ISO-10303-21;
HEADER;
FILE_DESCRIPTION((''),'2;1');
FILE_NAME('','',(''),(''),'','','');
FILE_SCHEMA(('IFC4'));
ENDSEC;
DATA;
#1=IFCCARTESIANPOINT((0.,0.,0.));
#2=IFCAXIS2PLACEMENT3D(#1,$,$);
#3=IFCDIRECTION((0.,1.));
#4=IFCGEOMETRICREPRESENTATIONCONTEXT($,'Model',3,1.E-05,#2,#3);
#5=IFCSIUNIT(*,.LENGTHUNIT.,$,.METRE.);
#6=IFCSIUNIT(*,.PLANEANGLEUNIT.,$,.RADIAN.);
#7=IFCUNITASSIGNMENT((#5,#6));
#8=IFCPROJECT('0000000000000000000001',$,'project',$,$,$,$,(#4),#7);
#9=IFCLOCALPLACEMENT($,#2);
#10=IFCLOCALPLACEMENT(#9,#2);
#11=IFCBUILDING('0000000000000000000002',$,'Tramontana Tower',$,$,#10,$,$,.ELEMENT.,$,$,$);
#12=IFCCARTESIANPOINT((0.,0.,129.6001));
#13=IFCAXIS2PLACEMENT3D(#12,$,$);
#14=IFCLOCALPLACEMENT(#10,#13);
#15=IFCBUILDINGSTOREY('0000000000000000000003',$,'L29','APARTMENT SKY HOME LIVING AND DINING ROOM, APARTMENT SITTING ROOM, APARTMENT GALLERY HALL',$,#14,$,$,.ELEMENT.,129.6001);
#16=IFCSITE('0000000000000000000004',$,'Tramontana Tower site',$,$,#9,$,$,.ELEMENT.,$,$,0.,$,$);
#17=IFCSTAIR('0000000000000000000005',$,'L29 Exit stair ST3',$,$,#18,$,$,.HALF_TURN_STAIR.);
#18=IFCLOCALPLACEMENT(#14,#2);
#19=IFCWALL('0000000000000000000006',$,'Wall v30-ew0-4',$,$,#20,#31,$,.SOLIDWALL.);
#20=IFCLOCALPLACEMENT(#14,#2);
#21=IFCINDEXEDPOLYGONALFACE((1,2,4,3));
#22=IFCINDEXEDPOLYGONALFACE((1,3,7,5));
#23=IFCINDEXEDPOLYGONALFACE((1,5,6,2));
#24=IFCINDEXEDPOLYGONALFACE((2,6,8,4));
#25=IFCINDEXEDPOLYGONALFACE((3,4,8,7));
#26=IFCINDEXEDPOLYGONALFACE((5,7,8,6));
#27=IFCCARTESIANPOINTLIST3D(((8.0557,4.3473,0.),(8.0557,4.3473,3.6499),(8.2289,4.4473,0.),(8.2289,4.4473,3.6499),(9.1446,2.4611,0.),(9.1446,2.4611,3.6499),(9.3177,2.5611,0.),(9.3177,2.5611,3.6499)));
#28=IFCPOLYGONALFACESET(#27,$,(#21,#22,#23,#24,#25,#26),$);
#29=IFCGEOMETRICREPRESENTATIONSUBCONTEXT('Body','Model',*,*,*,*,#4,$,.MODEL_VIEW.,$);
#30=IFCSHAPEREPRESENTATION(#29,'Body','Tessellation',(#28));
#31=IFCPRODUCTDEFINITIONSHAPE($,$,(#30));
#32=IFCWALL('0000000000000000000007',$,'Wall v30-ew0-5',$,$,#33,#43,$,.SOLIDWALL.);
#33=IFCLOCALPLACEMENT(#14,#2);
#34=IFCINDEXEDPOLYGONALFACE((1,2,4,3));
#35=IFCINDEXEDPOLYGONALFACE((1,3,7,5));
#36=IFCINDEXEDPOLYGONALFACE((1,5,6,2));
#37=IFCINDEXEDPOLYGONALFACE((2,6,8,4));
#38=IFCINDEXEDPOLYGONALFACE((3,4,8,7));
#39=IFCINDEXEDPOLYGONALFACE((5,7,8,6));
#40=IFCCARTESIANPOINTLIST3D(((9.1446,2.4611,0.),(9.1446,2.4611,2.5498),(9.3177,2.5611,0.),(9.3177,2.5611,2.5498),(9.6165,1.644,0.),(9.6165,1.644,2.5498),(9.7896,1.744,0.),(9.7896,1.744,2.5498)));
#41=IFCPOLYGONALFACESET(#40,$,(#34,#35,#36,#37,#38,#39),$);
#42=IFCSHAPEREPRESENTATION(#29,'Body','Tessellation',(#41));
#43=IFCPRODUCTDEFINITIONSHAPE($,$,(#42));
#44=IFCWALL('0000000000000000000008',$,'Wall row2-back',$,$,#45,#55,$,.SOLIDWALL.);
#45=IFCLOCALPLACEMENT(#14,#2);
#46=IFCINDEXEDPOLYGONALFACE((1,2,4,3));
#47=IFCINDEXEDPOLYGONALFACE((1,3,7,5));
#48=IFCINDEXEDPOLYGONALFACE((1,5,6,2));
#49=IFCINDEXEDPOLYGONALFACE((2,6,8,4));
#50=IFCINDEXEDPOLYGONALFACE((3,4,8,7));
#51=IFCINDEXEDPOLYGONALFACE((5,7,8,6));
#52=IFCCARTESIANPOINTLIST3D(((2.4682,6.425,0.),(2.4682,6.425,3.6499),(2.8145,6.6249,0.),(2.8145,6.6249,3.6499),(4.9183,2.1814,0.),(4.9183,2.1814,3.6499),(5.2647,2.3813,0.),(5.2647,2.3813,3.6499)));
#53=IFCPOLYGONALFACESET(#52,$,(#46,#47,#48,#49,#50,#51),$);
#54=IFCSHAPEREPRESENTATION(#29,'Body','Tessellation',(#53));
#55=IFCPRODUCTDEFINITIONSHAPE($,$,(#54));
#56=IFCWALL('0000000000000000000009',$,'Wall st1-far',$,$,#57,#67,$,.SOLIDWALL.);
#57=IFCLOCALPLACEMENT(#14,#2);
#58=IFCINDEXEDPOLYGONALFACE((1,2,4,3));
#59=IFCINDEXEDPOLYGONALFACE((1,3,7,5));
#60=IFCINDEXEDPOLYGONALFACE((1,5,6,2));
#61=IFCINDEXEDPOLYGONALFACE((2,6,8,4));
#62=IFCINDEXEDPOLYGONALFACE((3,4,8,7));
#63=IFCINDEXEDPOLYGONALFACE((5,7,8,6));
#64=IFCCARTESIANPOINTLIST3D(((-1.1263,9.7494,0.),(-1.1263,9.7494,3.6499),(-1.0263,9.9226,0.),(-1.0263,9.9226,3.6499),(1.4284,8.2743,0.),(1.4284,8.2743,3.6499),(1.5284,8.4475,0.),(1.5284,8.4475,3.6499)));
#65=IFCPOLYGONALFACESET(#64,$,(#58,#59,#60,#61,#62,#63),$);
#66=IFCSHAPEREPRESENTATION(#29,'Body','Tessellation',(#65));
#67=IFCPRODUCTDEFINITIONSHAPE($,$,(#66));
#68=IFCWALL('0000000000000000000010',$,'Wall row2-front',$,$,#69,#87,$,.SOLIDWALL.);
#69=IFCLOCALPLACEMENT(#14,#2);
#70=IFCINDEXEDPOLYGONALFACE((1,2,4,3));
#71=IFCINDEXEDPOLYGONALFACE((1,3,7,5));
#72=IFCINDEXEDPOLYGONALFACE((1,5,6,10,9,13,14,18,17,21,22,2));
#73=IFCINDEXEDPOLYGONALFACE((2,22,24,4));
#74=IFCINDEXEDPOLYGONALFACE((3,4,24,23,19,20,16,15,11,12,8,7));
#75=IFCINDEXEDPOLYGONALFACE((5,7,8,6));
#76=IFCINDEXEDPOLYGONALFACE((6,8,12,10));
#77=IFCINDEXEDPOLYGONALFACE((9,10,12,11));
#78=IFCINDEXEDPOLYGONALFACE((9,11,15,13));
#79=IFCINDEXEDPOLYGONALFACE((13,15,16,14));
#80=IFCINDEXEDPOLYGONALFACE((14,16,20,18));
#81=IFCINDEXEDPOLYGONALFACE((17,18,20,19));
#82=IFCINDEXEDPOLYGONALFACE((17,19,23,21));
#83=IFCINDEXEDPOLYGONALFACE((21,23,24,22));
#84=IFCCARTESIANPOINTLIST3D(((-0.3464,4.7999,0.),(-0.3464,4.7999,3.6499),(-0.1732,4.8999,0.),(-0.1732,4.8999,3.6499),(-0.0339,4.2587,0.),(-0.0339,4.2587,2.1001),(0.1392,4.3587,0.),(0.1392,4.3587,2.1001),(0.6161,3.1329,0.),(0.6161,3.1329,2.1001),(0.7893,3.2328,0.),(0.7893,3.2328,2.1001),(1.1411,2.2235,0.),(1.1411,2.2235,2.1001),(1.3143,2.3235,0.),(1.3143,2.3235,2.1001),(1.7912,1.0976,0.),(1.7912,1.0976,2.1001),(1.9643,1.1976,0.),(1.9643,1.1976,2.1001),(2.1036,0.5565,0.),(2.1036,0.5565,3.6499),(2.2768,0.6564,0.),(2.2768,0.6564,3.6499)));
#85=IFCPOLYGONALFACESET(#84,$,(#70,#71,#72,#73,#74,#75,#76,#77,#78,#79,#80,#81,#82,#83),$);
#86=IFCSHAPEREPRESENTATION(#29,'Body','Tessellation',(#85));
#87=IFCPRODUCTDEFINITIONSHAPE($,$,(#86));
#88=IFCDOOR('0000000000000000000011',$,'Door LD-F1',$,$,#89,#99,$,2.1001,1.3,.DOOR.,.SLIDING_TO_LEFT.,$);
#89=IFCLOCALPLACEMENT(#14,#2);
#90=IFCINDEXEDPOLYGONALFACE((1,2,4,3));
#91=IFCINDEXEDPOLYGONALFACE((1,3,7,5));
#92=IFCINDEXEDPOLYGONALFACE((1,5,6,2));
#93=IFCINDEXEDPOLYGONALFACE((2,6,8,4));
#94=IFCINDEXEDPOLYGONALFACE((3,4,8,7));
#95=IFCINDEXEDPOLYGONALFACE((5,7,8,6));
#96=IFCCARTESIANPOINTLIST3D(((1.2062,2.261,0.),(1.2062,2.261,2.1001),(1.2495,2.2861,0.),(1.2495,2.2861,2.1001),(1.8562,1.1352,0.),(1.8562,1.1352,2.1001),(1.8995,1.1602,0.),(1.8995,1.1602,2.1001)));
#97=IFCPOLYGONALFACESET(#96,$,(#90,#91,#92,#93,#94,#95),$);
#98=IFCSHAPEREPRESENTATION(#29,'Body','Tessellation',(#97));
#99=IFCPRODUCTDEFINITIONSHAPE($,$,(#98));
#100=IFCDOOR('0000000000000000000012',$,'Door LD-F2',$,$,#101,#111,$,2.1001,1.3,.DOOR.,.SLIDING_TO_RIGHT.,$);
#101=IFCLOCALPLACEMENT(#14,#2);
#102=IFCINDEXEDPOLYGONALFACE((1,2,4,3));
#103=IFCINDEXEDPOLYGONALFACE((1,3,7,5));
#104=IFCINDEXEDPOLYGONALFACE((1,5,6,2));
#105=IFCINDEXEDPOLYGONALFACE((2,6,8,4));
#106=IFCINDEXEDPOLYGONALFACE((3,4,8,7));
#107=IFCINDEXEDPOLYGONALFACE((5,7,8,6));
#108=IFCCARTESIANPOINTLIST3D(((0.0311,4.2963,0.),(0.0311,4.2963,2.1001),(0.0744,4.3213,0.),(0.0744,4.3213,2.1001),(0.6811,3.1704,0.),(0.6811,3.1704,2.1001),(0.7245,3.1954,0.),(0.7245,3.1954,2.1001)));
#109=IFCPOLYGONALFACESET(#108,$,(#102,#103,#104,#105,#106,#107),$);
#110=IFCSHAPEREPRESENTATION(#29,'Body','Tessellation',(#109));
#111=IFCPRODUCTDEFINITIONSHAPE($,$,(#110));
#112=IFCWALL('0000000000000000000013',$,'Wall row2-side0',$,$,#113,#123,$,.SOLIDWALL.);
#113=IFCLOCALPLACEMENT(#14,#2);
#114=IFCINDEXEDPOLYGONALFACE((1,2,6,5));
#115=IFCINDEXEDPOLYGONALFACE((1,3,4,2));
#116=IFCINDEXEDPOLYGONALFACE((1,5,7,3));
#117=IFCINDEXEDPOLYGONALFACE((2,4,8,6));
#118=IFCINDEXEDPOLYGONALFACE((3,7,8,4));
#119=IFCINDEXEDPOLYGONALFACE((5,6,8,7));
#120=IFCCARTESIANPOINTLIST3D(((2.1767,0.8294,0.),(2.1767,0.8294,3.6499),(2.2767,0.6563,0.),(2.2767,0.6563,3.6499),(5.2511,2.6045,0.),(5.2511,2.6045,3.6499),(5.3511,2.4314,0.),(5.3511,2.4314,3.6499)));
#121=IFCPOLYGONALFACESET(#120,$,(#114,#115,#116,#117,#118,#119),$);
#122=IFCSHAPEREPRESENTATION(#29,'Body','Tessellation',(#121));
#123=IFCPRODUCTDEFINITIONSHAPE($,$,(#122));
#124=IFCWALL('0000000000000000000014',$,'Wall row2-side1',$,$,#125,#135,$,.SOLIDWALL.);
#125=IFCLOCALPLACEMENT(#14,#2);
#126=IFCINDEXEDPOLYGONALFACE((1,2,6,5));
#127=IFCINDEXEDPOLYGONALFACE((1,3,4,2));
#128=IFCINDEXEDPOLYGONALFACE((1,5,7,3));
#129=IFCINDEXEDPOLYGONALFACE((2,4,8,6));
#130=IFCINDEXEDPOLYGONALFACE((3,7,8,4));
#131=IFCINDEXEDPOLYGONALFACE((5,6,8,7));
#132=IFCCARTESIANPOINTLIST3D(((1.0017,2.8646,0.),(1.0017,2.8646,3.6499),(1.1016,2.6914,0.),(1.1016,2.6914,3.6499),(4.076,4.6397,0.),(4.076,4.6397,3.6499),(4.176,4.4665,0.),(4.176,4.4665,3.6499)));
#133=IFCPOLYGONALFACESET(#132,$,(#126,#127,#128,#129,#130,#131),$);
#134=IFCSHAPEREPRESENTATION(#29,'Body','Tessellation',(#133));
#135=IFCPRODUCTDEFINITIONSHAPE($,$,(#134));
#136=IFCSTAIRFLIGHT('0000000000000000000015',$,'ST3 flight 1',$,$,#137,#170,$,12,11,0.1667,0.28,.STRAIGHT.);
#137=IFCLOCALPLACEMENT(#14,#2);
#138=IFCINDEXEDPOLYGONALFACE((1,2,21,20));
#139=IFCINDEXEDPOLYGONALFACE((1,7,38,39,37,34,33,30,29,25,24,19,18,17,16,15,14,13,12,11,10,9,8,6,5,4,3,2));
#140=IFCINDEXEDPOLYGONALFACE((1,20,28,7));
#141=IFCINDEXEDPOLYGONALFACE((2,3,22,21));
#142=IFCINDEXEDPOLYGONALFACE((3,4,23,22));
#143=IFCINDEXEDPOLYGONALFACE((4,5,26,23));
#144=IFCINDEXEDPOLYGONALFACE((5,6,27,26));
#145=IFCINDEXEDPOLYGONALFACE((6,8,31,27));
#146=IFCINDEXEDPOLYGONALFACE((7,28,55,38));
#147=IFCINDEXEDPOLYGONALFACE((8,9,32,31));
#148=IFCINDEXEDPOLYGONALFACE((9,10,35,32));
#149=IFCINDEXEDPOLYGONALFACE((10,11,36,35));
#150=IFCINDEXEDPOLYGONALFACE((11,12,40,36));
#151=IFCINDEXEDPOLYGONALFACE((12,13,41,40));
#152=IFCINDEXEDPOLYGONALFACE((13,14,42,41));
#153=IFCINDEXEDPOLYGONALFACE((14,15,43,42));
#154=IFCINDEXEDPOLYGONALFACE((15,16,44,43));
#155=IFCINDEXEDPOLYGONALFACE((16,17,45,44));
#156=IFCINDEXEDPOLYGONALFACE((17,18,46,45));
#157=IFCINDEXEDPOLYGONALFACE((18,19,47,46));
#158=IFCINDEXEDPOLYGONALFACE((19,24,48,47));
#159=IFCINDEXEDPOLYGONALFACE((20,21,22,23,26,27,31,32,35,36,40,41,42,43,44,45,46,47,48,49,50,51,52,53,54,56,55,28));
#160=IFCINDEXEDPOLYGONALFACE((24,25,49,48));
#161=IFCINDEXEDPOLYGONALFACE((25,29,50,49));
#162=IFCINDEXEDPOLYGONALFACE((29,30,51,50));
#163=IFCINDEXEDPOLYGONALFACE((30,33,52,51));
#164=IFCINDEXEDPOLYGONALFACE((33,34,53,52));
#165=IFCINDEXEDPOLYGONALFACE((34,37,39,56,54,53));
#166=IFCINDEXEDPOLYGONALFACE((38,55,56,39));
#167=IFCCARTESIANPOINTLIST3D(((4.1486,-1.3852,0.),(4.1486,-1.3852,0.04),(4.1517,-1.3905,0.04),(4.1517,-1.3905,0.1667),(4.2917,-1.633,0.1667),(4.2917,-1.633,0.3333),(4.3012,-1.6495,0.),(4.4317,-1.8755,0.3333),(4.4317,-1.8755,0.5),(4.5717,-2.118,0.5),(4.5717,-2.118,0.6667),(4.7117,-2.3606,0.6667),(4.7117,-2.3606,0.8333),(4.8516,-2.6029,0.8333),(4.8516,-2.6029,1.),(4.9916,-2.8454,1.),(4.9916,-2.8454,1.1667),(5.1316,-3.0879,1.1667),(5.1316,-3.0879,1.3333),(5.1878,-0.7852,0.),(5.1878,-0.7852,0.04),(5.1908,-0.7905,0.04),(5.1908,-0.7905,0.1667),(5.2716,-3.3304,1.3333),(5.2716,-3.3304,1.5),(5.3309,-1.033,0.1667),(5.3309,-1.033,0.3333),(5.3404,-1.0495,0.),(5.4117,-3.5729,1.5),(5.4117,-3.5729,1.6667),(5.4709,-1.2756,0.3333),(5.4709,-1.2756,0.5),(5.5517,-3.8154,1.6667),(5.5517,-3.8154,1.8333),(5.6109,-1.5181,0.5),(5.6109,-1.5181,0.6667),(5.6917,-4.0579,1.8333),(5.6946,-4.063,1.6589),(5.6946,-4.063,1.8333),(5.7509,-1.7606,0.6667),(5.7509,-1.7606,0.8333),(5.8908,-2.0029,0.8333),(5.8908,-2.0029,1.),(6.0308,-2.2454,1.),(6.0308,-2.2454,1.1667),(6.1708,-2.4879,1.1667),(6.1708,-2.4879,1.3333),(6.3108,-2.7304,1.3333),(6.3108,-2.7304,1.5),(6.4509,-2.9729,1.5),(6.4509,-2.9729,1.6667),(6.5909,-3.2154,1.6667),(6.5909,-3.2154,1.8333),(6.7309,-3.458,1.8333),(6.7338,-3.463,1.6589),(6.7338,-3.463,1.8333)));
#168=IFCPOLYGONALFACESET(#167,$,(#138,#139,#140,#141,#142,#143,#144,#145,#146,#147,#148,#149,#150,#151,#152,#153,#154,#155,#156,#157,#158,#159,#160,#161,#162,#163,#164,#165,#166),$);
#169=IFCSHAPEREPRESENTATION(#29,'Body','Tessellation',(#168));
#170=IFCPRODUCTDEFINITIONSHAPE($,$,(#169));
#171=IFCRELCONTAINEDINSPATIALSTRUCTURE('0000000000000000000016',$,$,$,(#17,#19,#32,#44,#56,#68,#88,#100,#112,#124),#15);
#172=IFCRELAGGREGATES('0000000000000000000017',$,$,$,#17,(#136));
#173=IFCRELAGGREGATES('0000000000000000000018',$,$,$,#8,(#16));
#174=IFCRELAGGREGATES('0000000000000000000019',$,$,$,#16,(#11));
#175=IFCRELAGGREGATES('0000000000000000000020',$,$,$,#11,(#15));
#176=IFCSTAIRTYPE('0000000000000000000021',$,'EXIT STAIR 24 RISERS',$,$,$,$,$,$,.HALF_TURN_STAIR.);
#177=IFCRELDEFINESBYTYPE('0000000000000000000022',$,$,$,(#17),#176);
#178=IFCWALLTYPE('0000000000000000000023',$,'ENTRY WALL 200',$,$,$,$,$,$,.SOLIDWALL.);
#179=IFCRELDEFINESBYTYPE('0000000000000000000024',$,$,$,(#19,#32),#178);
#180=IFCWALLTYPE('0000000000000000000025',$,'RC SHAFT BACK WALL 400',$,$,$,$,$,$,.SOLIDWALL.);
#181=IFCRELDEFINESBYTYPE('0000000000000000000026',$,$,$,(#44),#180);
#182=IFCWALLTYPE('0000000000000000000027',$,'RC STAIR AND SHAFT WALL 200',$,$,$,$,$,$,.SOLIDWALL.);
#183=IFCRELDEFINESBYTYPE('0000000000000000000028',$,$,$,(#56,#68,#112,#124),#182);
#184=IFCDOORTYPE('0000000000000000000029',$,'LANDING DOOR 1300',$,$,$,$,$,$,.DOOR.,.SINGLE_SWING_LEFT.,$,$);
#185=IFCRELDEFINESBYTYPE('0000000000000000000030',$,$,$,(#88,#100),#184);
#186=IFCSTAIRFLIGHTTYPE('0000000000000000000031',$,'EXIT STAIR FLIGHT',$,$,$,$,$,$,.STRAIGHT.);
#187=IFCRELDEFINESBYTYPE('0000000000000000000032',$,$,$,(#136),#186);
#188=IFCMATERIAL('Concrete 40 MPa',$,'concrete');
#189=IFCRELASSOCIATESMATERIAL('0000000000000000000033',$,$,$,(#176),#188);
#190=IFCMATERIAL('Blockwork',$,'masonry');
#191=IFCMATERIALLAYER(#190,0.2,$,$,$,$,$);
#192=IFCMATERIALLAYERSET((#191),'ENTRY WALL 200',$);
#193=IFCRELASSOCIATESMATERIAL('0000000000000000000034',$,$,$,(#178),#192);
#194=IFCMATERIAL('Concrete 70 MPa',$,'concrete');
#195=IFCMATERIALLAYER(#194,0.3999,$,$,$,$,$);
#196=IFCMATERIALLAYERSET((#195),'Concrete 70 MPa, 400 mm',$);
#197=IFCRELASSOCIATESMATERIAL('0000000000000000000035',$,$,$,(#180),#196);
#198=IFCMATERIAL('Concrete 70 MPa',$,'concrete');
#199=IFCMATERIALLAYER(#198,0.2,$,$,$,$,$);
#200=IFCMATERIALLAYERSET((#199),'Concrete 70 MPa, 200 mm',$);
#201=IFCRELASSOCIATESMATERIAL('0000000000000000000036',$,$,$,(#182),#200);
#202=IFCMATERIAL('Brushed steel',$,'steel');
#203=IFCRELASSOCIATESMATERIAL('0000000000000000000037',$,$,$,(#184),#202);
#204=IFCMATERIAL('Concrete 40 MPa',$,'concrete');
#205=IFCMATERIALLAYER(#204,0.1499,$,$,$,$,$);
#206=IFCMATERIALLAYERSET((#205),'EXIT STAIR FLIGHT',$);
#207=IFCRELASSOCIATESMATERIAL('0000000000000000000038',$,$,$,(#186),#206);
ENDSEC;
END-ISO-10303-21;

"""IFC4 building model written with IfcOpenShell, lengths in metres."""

from ifc_helpers import new_model, si_unit, direction, frame, frame_2d, origin, place, context, subcontext, project, spatial, polyline, rectangle, outline, extrude, material, layer, layer_set, type_object, element, fill, aggregate, save


model = new_model("IFC4")

# Units and contexts
model_context = context("Model", 3, precision=1e-05, world=origin(), true_north=direction((0.0, 1.0)))
body_context = subcontext(model_context, "Body", "Model", "MODEL_VIEW")
ifc_project = project(units=[si_unit("LENGTHUNIT", "METRE"), si_unit("PLANEANGLEUNIT", "RADIAN")], contexts=[model_context])

# Site, building, storey
site_placement = place(None, origin())
site = spatial("IfcSite", under=ifc_project, at=site_placement, Name="Tramontana Tower site", CompositionType="ELEMENT", RefElevation=0.0)
building_placement = place(site_placement, origin())
building = spatial("IfcBuilding", under=site, at=building_placement, Name="Tramontana Tower", CompositionType="ELEMENT")
storey_placement = place(building_placement, frame((0.0, 0.0, 129.6001)))
storey = spatial("IfcBuildingStorey", under=building, at=storey_placement, Name="L29", Description="APARTMENT SKY HOME LIVING AND DINING ROOM, APARTMENT SITTING ROOM, APARTMENT GALLERY HALL", CompositionType="ELEMENT", Elevation=129.6001)

# Stair
ifc_material_1 = material(Name="Concrete 40 MPa", Category="concrete")
stair_type = type_object("IfcStairType", Name="EXIT STAIR 24 RISERS", PredefinedType="HALF_TURN_STAIR", material=ifc_material_1)
stair_1_placement = place(storey_placement, origin())
stair_1 = element("IfcStair", 1, at=stair_1_placement, inside=storey, type_object=stair_type, Name="L29 Exit stair ST3", PredefinedType="HALF_TURN_STAIR")

# Walls
ifc_material_2 = material(Name="Blockwork", Category="masonry")
ifc_layer_1 = layer(ifc_material_2, 0.2)
ifc_layer_set_1 = layer_set([ifc_layer_1], Name="ENTRY WALL 200")
wall_type_1 = type_object("IfcWallType", Name="ENTRY WALL 200", PredefinedType="SOLIDWALL", material=ifc_layer_set_1)
wall_1_placement = place(storey_placement, frame((8.1423, 4.3972, 0.0), z_axis=(0.0, 0.0, 1.0), x_axis=(0.499949, -0.866055, 0.0)))
element("IfcWall", 2, at=wall_1_placement, inside=storey, type_object=wall_type_1, Name="Wall v30-ew0-4", PredefinedType="SOLIDWALL", context=body_context, shape_type="SweptSolid", body=[
    extrude(rectangle(XDim=2.178, YDim=0.2, at=frame_2d((1.0889, 0.0))), origin(), (0.0, 0.0, 1.0), 3.6499),
])
wall_2_placement = place(storey_placement, frame((9.2312, 2.511, 0.0), z_axis=(0.0, 0.0, 1.0), x_axis=(0.500118, -0.865957, 0.0)))
element("IfcWall", 3, at=wall_2_placement, inside=storey, type_object=wall_type_1, Name="Wall v30-ew0-5", PredefinedType="SOLIDWALL", context=body_context, shape_type="SweptSolid", body=[
    extrude(rectangle(XDim=0.9436, YDim=0.2, at=frame_2d((0.4717, 0.0))), origin(), (0.0, 0.0, 1.0), 2.5498),
])
ifc_material_3 = material(Name="Concrete 70 MPa", Category="concrete")
ifc_layer_2 = layer(ifc_material_3, 0.3999)
ifc_layer_set_2 = layer_set([ifc_layer_2], Name="Concrete 70 MPa, 400 mm")
wall_type_2 = type_object("IfcWallType", Name="RC SHAFT BACK WALL 400", PredefinedType="SOLIDWALL", material=ifc_layer_set_2)
wall_3_placement = place(storey_placement, frame((5.0916, 2.2812, 0.0), z_axis=(0.0, 0.0, 1.0), x_axis=(-0.500019, 0.866015, 0.0)))
element("IfcWall", 4, at=wall_3_placement, inside=storey, type_object=wall_type_2, Name="Wall row2-back", PredefinedType="SOLIDWALL", context=body_context, shape_type="SweptSolid", body=[
    extrude(rectangle(XDim=4.9001, YDim=0.3999, at=frame_2d((2.4502, 0.0))), origin(), (0.0, 0.0, 1.0), 3.6499),
])
ifc_material_4 = material(Name="Concrete 70 MPa", Category="concrete")
ifc_layer_3 = layer(ifc_material_4, 0.2)
ifc_layer_set_3 = layer_set([ifc_layer_3], Name="Concrete 70 MPa, 200 mm")
wall_type_3 = type_object("IfcWallType", Name="RC STAIR AND SHAFT WALL 200", PredefinedType="SOLIDWALL", material=ifc_layer_set_3)
wall_4_placement = place(storey_placement, frame((1.4785, 8.3608, 0.0), z_axis=(0.0, 0.0, 1.0), x_axis=(-0.866004, 0.500038, 0.0)))
element("IfcWall", 5, at=wall_4_placement, inside=storey, type_object=wall_type_3, Name="Wall st1-far", PredefinedType="SOLIDWALL", context=body_context, shape_type="SweptSolid", body=[
    extrude(rectangle(XDim=2.95, YDim=0.2, at=frame_2d((1.4751, 0.0))), origin(), (0.0, 0.0, 1.0), 3.6499),
])

# Wall, openings, doors
wall_5_placement = place(storey_placement, frame((2.1902, 0.6064, 0.0), z_axis=(0.0, 0.0, 1.0), x_axis=(-0.500003, 0.866024, 0.0)))
wall_5 = element("IfcWall", 6, at=wall_5_placement, inside=storey, type_object=wall_type_3, Name="Wall row2-front", PredefinedType="SOLIDWALL", context=body_context, shape_type="SweptSolid", body=[
    extrude(rectangle(XDim=4.8999, YDim=0.2, at=frame_2d((2.45, 0.0))), origin(), (0.0, 0.0, 1.0), 3.6499),
])
opening_1_placement = place(wall_5_placement, frame((0.625, 0.0, 0.0)))
opening_1 = element("IfcOpeningElement", 7, at=opening_1_placement, cuts=wall_5, PredefinedType="OPENING", context=body_context, shape_type="SweptSolid", body=[
    extrude(rectangle(XDim=1.3, YDim=2.1001, at=frame_2d((0.6499, 1.05))), frame((0.0, 0.1099, 0.0), z_axis=(0.0, -1.0, 0.0), x_axis=(1.0, 0.0, 0.0)), (0.0, 0.0, 1.0), 0.22),
])
opening_2_placement = place(wall_5_placement, frame((2.9751, 0.0, 0.0)))
opening_2 = element("IfcOpeningElement", 8, at=opening_2_placement, cuts=wall_5, PredefinedType="OPENING", context=body_context, shape_type="SweptSolid", body=[
    extrude(rectangle(XDim=1.3, YDim=2.1001, at=frame_2d((0.6499, 1.05))), frame((0.0, 0.1099, 0.0), z_axis=(0.0, -1.0, 0.0), x_axis=(1.0, 0.0, 0.0)), (0.0, 0.0, 1.0), 0.22),
])
ifc_material_5 = material(Name="Brushed steel", Category="steel")
door_type_1 = type_object("IfcDoorType", Name="LANDING DOOR 1300", OperationType="SINGLE_SWING_LEFT", PredefinedType="DOOR", material=ifc_material_5)
door_1_placement = place(opening_1_placement, origin())
door_1 = element("IfcDoor", 9, at=door_1_placement, inside=storey, type_object=door_type_1, Name="Door LD-F1", OperationType="SLIDING_TO_LEFT", OverallHeight=2.1001, OverallWidth=1.3, PredefinedType="DOOR", context=body_context, shape_type="SweptSolid", body=[
    extrude(rectangle(XDim=1.3, YDim=2.1001, at=frame_2d((0.6499, 1.05))), frame((0.0, 0.0249, 0.0), z_axis=(0.0, -1.0, 0.0), x_axis=(1.0, 0.0, 0.0)), (0.0, 0.0, 1.0), 0.05),
])
fill(opening_1, door_1)
door_2_placement = place(opening_2_placement, origin())
door_2 = element("IfcDoor", 10, at=door_2_placement, inside=storey, type_object=door_type_1, Name="Door LD-F2", OperationType="SLIDING_TO_RIGHT", OverallHeight=2.1001, OverallWidth=1.3, PredefinedType="DOOR", context=body_context, shape_type="SweptSolid", body=[
    extrude(rectangle(XDim=1.3, YDim=2.1001, at=frame_2d((0.6499, 1.05))), frame((0.0, 0.0249, 0.0), z_axis=(0.0, -1.0, 0.0), x_axis=(1.0, 0.0, 0.0)), (0.0, 0.0, 1.0), 0.05),
])
fill(opening_2, door_2)

# Walls
for number, where, z_axis, x_axis, name in (
    (11, (2.2268, 0.7429, 0.0), (0.0, 0.0, 1.0), (0.866013, 0.500022, 0.0), "Wall row2-side0"),
    (12, (1.0518, 2.7781, 0.0), (0.0, 0.0, 1.0), (0.866013, 0.500022, 0.0), "Wall row2-side1"),
):
    element("IfcWall", number, at=place(storey_placement, frame(where, z_axis=z_axis, x_axis=x_axis)), inside=storey, type_object=wall_type_3, Name=name, PredefinedType="SOLIDWALL", context=body_context, shape_type="SweptSolid", body=[
        extrude(rectangle(XDim=3.55, YDim=0.2, at=frame_2d((1.7749, 0.0))), origin(), (0.0, 0.0, 1.0), 3.6499),
    ])

# Stair flight
ifc_material_6 = material(Name="Concrete 40 MPa", Category="concrete")
ifc_layer_4 = layer(ifc_material_6, 0.1499)
ifc_layer_set_4 = layer_set([ifc_layer_4], Name="EXIT STAIR FLIGHT")
stair_flight_type = type_object("IfcStairFlightType", Name="EXIT STAIR FLIGHT", PredefinedType="STRAIGHT", material=ifc_layer_set_4)
stair_flight_placement = place(storey_placement, frame((4.6711, -1.0906, 0.0), z_axis=(0.0, 0.0, 1.0), x_axis=(0.5, -0.866025, 0.0)))
stair_flight = element("IfcStairFlight", 13, at=stair_flight_placement, type_object=stair_flight_type, Name="ST3 flight 1", NumberOfRisers=12, NumberOfTreads=11, PredefinedType="STRAIGHT", RiserHeight=0.1667, TreadLength=0.28, context=body_context, shape_type="SweptSolid", body=[
    extrude(outline(polyline([(-0.0061, 0.0), (-0.0061, 0.04), (0.0, 0.04), (0.0, 0.1667), (0.28, 0.1667), (0.28, 0.3333), (0.5601, 0.3333), (0.5601, 0.5), (0.8401, 0.5), (0.8401, 0.6667), (1.1201, 0.6667), (1.1201, 0.8333), (1.3999, 0.8333), (1.3999, 1.0), (1.6799, 1.0), (1.6799, 1.1667), (1.96, 1.1667), (1.96, 1.3333), (2.24, 1.3333), (2.24, 1.5), (2.52, 1.5), (2.52, 1.6667), (2.8, 1.6667), (2.8, 1.8333), (3.0801, 1.8333), (3.0859, 1.8333), (3.0859, 1.6589), (0.2991, 0.0), (-0.0061, 0.0)])), frame((0.0, 0.6001, 0.0), z_axis=(0.0, -1.0, 0.0), x_axis=(1.0, 0.0, 0.0)), (0.0, 0.0, 1.0), 1.2),
])
aggregate(stair_1, [stair_flight])

save(model, "model.ifc")
